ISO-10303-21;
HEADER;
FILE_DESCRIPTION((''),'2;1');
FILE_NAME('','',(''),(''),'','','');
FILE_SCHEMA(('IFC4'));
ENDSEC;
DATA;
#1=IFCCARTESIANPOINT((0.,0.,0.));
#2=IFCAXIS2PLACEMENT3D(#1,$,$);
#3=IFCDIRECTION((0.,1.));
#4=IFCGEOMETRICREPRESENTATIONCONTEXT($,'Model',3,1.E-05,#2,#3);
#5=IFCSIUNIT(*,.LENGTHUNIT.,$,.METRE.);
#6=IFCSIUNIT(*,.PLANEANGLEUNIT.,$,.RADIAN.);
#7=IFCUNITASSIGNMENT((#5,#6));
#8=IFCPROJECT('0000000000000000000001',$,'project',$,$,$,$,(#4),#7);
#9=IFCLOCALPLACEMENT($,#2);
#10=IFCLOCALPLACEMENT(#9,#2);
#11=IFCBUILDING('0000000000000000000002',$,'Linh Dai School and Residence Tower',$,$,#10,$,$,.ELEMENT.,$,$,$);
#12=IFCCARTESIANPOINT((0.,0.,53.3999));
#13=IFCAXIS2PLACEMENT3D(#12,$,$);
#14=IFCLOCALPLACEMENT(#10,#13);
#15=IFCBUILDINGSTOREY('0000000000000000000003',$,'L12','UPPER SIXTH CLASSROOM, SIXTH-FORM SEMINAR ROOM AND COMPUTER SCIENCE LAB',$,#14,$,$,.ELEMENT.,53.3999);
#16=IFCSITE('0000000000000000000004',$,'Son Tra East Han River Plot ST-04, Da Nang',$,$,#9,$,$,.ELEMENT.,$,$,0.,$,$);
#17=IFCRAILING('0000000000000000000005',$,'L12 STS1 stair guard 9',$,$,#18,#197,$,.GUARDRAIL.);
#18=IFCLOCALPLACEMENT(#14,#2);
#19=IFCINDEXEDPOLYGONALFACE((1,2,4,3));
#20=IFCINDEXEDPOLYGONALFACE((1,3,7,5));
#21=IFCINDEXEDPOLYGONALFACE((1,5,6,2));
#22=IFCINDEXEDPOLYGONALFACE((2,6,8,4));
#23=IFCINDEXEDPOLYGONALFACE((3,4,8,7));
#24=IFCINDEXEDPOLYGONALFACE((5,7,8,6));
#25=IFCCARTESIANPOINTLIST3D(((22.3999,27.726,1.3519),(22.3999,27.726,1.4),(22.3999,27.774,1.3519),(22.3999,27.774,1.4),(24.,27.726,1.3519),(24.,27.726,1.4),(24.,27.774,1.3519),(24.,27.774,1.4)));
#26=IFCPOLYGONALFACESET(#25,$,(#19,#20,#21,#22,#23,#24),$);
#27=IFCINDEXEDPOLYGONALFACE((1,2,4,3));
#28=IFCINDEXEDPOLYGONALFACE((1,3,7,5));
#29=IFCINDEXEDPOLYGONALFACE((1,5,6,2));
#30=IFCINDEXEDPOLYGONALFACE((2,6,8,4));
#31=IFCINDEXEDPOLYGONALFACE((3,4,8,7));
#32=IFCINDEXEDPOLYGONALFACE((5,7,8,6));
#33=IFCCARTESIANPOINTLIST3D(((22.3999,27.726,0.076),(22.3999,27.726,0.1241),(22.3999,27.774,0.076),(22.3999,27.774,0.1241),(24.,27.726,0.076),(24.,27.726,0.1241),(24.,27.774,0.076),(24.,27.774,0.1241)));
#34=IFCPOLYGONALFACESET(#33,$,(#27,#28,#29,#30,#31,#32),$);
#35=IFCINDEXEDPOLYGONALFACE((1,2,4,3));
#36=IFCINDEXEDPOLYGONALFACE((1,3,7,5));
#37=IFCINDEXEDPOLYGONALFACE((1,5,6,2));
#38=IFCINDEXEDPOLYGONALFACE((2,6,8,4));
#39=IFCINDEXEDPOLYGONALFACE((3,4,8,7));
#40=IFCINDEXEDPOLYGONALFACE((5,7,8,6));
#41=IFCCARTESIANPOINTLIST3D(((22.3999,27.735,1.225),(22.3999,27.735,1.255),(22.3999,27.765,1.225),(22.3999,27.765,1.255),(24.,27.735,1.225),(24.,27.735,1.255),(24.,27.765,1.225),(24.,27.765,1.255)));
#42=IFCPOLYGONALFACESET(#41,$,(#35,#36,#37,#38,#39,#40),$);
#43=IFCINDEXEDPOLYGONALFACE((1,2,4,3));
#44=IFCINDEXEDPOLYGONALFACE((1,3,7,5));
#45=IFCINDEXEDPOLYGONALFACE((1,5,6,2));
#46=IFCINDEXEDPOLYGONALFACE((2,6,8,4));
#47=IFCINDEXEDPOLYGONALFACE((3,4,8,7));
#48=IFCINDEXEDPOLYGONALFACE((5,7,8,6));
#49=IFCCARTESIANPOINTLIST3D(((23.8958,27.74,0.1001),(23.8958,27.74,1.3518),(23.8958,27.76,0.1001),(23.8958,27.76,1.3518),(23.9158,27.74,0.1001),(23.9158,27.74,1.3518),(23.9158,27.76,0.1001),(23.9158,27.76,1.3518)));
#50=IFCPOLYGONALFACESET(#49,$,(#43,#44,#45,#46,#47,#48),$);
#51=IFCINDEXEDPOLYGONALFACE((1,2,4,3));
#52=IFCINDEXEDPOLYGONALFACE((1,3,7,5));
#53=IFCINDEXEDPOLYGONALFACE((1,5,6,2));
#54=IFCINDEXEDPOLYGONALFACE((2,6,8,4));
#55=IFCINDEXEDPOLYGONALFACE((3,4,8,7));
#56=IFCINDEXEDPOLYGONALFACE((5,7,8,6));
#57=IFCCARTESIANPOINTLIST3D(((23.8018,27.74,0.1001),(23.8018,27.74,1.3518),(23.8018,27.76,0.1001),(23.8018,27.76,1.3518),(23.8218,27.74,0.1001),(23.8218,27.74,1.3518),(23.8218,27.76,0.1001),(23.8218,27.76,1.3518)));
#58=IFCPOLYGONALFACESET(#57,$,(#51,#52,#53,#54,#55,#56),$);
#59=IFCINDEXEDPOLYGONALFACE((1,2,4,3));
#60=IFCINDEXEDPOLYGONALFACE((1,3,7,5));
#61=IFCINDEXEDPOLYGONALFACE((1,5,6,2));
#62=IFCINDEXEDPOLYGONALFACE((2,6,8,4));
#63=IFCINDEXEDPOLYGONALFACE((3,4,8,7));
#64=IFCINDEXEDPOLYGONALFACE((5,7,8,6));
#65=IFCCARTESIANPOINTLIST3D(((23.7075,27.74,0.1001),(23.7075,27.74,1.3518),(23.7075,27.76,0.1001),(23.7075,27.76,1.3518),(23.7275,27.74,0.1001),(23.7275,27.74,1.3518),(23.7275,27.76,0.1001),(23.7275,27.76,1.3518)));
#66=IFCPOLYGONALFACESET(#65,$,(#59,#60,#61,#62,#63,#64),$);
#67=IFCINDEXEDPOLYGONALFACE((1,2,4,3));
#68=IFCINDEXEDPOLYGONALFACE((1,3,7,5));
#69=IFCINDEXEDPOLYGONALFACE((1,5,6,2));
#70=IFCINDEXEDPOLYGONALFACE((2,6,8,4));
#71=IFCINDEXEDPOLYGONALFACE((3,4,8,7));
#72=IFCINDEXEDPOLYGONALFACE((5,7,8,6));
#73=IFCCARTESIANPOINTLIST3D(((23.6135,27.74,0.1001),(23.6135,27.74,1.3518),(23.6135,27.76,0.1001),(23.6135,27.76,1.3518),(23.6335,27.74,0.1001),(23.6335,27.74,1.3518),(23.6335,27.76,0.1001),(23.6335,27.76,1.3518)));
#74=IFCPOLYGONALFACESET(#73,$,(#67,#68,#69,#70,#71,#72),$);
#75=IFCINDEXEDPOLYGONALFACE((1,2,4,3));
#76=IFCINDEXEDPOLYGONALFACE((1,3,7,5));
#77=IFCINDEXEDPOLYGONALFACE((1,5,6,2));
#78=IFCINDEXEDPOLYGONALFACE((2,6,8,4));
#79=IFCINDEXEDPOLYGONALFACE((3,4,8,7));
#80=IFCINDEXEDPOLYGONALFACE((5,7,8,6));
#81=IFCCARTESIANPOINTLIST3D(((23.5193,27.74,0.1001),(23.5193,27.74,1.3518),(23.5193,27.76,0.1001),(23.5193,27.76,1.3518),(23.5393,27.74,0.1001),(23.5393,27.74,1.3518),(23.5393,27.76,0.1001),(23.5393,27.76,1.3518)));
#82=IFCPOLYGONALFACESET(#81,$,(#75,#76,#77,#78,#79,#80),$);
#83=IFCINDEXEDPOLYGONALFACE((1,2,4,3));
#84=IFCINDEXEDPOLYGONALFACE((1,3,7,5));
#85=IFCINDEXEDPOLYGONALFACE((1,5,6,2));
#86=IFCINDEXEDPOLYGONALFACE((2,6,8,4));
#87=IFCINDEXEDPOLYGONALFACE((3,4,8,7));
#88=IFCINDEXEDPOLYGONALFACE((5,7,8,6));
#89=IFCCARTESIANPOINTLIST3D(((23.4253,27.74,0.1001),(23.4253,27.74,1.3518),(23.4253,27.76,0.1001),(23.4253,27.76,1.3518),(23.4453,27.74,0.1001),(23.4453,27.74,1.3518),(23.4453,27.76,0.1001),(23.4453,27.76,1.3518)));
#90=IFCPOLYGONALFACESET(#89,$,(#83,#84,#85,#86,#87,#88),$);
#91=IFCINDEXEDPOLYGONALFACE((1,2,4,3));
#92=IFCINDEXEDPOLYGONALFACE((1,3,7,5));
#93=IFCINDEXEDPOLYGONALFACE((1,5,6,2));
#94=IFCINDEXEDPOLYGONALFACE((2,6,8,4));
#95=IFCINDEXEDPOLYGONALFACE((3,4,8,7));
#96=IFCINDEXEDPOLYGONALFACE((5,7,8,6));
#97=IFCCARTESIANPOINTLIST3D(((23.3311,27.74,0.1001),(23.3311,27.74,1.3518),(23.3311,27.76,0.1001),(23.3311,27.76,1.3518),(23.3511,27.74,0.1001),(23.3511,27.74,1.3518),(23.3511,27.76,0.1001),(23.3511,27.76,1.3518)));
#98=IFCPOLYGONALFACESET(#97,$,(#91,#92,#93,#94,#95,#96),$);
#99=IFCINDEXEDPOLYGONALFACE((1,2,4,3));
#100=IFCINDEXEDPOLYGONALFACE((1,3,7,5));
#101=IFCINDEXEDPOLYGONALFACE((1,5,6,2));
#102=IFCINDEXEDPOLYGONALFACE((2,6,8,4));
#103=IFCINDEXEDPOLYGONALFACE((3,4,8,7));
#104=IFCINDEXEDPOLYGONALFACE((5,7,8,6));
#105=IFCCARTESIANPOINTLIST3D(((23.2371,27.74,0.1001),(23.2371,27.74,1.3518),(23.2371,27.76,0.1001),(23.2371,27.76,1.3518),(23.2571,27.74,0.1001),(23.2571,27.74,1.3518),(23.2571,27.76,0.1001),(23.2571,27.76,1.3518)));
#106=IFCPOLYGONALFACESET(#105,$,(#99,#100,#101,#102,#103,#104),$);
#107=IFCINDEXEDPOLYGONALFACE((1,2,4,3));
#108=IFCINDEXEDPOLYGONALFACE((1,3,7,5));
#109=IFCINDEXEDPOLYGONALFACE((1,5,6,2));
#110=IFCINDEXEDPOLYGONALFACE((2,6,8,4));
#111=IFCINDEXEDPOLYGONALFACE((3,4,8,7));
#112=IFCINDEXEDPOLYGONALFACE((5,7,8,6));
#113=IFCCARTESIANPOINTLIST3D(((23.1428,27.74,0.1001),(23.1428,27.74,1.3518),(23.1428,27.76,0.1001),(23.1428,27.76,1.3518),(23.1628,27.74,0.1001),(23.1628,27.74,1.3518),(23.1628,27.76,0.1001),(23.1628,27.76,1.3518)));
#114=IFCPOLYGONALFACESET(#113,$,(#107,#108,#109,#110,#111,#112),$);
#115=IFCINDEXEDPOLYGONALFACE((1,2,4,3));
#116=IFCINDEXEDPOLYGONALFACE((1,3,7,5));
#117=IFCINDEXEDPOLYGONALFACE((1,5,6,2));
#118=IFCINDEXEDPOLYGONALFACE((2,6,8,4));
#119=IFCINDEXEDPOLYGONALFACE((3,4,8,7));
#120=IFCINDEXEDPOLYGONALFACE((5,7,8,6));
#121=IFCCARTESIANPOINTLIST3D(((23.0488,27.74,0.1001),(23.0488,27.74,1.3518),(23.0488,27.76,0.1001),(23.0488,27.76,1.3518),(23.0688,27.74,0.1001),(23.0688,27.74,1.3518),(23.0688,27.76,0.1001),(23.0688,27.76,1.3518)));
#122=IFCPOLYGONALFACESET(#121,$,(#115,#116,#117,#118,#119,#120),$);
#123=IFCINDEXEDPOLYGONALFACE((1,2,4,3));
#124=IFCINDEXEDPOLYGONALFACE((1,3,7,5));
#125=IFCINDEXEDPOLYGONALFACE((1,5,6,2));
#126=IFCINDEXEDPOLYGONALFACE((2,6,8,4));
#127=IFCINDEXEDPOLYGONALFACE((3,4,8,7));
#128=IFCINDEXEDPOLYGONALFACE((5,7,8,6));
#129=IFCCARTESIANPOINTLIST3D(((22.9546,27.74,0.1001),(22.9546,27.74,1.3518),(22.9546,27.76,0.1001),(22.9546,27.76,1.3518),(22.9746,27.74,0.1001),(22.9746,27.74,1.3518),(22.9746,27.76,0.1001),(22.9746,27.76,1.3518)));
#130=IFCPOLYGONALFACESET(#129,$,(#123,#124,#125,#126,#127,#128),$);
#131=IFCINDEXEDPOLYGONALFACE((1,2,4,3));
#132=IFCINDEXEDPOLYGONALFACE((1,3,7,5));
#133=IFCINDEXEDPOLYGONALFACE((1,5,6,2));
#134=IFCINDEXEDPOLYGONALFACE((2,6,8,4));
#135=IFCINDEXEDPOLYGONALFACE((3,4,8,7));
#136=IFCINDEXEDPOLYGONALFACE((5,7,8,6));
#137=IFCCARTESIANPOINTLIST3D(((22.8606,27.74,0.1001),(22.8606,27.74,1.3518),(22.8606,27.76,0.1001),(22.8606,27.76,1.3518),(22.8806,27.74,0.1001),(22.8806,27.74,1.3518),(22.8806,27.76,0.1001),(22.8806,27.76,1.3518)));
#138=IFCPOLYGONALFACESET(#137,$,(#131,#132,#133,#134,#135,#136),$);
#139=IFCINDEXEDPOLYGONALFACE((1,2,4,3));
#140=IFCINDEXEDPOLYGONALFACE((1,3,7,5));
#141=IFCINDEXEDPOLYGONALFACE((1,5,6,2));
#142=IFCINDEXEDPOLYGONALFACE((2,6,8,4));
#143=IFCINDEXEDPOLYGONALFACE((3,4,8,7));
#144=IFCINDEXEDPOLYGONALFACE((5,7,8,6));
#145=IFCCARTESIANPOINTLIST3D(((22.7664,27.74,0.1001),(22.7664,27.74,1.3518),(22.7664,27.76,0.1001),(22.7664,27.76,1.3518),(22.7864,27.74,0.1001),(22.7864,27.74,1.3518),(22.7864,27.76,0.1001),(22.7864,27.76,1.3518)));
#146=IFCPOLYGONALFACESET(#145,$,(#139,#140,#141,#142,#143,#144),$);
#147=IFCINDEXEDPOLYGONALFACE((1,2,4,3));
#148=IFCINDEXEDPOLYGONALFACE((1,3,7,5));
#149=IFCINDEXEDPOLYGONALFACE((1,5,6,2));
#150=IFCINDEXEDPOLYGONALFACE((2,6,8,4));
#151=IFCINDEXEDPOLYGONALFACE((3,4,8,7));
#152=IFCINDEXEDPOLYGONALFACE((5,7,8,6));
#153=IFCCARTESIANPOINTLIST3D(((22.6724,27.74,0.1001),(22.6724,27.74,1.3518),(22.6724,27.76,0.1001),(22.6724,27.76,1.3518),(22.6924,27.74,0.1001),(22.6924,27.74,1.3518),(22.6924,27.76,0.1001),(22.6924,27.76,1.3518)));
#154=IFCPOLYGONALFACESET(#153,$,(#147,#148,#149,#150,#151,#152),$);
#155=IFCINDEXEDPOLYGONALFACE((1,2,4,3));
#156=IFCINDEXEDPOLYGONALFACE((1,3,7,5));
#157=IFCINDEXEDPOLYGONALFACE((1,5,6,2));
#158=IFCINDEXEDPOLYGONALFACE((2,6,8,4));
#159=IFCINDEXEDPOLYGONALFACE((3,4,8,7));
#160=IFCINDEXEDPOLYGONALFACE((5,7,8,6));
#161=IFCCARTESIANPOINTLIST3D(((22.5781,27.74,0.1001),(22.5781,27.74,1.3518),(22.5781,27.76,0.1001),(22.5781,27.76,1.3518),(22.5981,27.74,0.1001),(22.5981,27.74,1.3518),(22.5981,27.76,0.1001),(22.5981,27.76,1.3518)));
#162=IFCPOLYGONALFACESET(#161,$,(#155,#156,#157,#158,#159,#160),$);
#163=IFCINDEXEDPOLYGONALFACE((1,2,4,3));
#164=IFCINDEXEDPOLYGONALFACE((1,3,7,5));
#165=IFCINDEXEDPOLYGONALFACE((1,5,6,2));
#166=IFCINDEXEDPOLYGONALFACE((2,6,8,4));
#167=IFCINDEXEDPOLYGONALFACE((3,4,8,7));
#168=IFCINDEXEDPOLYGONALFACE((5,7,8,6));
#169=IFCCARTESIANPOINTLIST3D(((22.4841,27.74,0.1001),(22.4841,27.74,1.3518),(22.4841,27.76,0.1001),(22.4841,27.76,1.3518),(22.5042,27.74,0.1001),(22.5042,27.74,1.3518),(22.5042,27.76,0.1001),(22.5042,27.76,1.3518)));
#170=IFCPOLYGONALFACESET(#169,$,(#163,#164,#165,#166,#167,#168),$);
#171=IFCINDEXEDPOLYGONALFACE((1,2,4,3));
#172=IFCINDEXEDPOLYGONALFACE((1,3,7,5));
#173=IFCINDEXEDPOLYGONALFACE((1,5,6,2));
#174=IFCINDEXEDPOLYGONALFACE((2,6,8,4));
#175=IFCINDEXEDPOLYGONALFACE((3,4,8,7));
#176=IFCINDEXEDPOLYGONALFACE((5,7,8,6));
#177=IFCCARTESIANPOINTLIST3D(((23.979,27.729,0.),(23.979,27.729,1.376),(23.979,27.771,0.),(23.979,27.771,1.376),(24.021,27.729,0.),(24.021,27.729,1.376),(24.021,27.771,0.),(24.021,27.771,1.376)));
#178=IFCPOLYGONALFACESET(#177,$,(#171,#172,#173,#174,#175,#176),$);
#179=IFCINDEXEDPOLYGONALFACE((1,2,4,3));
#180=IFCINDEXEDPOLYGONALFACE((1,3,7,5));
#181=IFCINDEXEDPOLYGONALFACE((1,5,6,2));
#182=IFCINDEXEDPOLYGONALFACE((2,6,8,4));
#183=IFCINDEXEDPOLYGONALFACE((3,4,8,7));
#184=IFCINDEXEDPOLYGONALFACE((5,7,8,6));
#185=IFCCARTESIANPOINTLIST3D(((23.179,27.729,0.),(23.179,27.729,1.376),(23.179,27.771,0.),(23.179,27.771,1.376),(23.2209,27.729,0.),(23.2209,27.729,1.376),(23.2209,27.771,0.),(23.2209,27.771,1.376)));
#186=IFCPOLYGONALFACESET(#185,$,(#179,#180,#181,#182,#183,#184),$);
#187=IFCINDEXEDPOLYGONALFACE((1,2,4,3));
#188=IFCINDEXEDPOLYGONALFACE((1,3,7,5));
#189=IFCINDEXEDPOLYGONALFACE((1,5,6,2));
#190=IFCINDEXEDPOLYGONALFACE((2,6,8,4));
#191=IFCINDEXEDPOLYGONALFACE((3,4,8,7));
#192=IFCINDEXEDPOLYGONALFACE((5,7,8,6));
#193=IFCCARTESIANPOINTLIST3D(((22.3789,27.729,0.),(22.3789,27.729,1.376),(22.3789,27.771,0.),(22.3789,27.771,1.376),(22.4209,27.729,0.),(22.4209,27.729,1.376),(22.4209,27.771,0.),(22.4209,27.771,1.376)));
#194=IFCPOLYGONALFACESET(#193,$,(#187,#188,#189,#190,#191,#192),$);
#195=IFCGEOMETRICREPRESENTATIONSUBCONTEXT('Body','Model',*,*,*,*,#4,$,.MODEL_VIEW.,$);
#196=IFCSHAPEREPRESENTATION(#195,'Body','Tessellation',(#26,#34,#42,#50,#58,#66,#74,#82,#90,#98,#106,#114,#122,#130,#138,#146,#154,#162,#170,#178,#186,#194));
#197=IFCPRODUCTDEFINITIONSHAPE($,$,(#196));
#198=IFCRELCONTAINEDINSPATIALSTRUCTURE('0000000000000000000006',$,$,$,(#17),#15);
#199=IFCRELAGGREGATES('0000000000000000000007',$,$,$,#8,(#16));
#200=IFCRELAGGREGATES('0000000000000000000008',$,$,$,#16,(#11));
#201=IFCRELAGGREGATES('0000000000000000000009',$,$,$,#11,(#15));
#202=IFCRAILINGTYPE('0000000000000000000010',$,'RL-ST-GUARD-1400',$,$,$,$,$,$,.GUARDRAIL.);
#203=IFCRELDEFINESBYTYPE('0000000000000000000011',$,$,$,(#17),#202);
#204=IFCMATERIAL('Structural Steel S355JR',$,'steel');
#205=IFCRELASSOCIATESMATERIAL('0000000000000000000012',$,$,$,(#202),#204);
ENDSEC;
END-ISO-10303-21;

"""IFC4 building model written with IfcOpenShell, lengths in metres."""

from ifc_helpers import new_model, si_unit, direction, frame, origin, origin_2d, place, context, subcontext, project, spatial, rectangle, extrude, source, transform, mapped, material, type_object, element, save


model = new_model("IFC4")

# Units and contexts
model_context = context("Model", 3, precision=1e-05, world=origin(), true_north=direction((0.0, 1.0)))
body_context = subcontext(model_context, "Body", "Model", "MODEL_VIEW")
ifc_project = project(units=[si_unit("LENGTHUNIT", "METRE"), si_unit("PLANEANGLEUNIT", "RADIAN")], contexts=[model_context])

# Site, building, storey
site_placement = place(None, origin())
site = spatial("IfcSite", under=ifc_project, at=site_placement, Name="Son Tra East Han River Plot ST-04, Da Nang", CompositionType="ELEMENT", RefElevation=0.0)
building_placement = place(site_placement, origin())
building = spatial("IfcBuilding", under=site, at=building_placement, Name="Linh Dai School and Residence Tower", CompositionType="ELEMENT")
storey_placement = place(building_placement, frame((0.0, 0.0, 53.3999)))
storey = spatial("IfcBuildingStorey", under=building, at=storey_placement, Name="L12", Description="UPPER SIXTH CLASSROOM, SIXTH-FORM SEMINAR ROOM AND COMPUTER SCIENCE LAB", CompositionType="ELEMENT", Elevation=53.3999)

# Shared definitions
ifc_material_1 = material(Name="Structural Steel S355JR", Category="steel")

# Railing
railing_type_1 = type_object("IfcRailingType", Name="RL-ST-GUARD-1400", PredefinedType="GUARDRAIL", material=ifc_material_1)
shared_shape_1 = source(origin(), body_context, "Body", "SweptSolid", [
    extrude(rectangle(XDim=0.0481, YDim=0.0481, at=origin_2d()), frame((0.0, 0.0, 1.376), z_axis=(-1.0, 0.0, 0.0), x_axis=(0.0, -1.0, 0.0)), (0.0, 0.0, 1.0), 1.6001),
    extrude(rectangle(XDim=0.0481, YDim=0.0481, at=origin_2d()), frame((0.0, 0.0, 0.1001), z_axis=(-1.0, 0.0, 0.0), x_axis=(0.0, -1.0, 0.0)), (0.0, 0.0, 1.0), 1.6001),
    extrude(rectangle(XDim=0.03, YDim=0.03, at=origin_2d()), frame((0.0, 0.0, 1.24), z_axis=(-1.0, 0.0, 0.0), x_axis=(0.0, -1.0, 0.0)), (0.0, 0.0, 1.0), 1.6001),
    extrude(rectangle(XDim=0.02, YDim=0.02, at=origin_2d()), frame((-0.0942, 0.0, 0.1001)), (0.0, 0.0, 1.0), 1.2517),
    extrude(rectangle(XDim=0.02, YDim=0.02, at=origin_2d()), frame((-0.1882, 0.0, 0.1001)), (0.0, 0.0, 1.0), 1.2517),
    extrude(rectangle(XDim=0.02, YDim=0.02, at=origin_2d()), frame((-0.2825, 0.0, 0.1001)), (0.0, 0.0, 1.0), 1.2517),
    extrude(rectangle(XDim=0.02, YDim=0.02, at=origin_2d()), frame((-0.3765, 0.0, 0.1001)), (0.0, 0.0, 1.0), 1.2517),
    extrude(rectangle(XDim=0.02, YDim=0.02, at=origin_2d()), frame((-0.4707, 0.0, 0.1001)), (0.0, 0.0, 1.0), 1.2517),
    extrude(rectangle(XDim=0.02, YDim=0.02, at=origin_2d()), frame((-0.5647, 0.0, 0.1001)), (0.0, 0.0, 1.0), 1.2517),
    extrude(rectangle(XDim=0.02, YDim=0.02, at=origin_2d()), frame((-0.6589, 0.0, 0.1001)), (0.0, 0.0, 1.0), 1.2517),
    extrude(rectangle(XDim=0.02, YDim=0.02, at=origin_2d()), frame((-0.7529, 0.0, 0.1001)), (0.0, 0.0, 1.0), 1.2517),
    extrude(rectangle(XDim=0.02, YDim=0.02, at=origin_2d()), frame((-0.8472, 0.0, 0.1001)), (0.0, 0.0, 1.0), 1.2517),
    extrude(rectangle(XDim=0.02, YDim=0.02, at=origin_2d()), frame((-0.9412, 0.0, 0.1001)), (0.0, 0.0, 1.0), 1.2517),
    extrude(rectangle(XDim=0.02, YDim=0.02, at=origin_2d()), frame((-1.0354, 0.0, 0.1001)), (0.0, 0.0, 1.0), 1.2517),
    extrude(rectangle(XDim=0.02, YDim=0.02, at=origin_2d()), frame((-1.1294, 0.0, 0.1001)), (0.0, 0.0, 1.0), 1.2517),
    extrude(rectangle(XDim=0.02, YDim=0.02, at=origin_2d()), frame((-1.2236, 0.0, 0.1001)), (0.0, 0.0, 1.0), 1.2517),
    extrude(rectangle(XDim=0.02, YDim=0.02, at=origin_2d()), frame((-1.3176, 0.0, 0.1001)), (0.0, 0.0, 1.0), 1.2517),
    extrude(rectangle(XDim=0.02, YDim=0.02, at=origin_2d()), frame((-1.4119, 0.0, 0.1001)), (0.0, 0.0, 1.0), 1.2517),
    extrude(rectangle(XDim=0.02, YDim=0.02, at=origin_2d()), frame((-1.5059, 0.0, 0.1001)), (0.0, 0.0, 1.0), 1.2517),
    extrude(rectangle(XDim=0.042, YDim=0.042, at=origin_2d()), origin(), (0.0, 0.0, 1.0), 1.376),
    extrude(rectangle(XDim=0.042, YDim=0.042, at=origin_2d()), frame((-0.8, 0.0, 0.0)), (0.0, 0.0, 1.0), 1.376),
    extrude(rectangle(XDim=0.042, YDim=0.042, at=origin_2d()), frame((-1.6001, 0.0, 0.0)), (0.0, 0.0, 1.0), 1.376),
])
for number, where, name in (
    (1, (24.0, 27.75, 0.0), "L12 STS1 stair guard 9"),
):
    element("IfcRailing", number, at=place(storey_placement, frame(where)), inside=storey, type_object=railing_type_1, Name=name, PredefinedType="GUARDRAIL", context=body_context, shape_type="MappedRepresentation", body=[
        mapped(shared_shape_1, transform((0.0, 0.0, 0.0), x_axis=(1.0, 0.0, 0.0), y_axis=(0.0, 1.0, 0.0), z_axis=(0.0, 0.0, 1.0), scale=1.0)),
    ])

save(model, "model.ifc")
